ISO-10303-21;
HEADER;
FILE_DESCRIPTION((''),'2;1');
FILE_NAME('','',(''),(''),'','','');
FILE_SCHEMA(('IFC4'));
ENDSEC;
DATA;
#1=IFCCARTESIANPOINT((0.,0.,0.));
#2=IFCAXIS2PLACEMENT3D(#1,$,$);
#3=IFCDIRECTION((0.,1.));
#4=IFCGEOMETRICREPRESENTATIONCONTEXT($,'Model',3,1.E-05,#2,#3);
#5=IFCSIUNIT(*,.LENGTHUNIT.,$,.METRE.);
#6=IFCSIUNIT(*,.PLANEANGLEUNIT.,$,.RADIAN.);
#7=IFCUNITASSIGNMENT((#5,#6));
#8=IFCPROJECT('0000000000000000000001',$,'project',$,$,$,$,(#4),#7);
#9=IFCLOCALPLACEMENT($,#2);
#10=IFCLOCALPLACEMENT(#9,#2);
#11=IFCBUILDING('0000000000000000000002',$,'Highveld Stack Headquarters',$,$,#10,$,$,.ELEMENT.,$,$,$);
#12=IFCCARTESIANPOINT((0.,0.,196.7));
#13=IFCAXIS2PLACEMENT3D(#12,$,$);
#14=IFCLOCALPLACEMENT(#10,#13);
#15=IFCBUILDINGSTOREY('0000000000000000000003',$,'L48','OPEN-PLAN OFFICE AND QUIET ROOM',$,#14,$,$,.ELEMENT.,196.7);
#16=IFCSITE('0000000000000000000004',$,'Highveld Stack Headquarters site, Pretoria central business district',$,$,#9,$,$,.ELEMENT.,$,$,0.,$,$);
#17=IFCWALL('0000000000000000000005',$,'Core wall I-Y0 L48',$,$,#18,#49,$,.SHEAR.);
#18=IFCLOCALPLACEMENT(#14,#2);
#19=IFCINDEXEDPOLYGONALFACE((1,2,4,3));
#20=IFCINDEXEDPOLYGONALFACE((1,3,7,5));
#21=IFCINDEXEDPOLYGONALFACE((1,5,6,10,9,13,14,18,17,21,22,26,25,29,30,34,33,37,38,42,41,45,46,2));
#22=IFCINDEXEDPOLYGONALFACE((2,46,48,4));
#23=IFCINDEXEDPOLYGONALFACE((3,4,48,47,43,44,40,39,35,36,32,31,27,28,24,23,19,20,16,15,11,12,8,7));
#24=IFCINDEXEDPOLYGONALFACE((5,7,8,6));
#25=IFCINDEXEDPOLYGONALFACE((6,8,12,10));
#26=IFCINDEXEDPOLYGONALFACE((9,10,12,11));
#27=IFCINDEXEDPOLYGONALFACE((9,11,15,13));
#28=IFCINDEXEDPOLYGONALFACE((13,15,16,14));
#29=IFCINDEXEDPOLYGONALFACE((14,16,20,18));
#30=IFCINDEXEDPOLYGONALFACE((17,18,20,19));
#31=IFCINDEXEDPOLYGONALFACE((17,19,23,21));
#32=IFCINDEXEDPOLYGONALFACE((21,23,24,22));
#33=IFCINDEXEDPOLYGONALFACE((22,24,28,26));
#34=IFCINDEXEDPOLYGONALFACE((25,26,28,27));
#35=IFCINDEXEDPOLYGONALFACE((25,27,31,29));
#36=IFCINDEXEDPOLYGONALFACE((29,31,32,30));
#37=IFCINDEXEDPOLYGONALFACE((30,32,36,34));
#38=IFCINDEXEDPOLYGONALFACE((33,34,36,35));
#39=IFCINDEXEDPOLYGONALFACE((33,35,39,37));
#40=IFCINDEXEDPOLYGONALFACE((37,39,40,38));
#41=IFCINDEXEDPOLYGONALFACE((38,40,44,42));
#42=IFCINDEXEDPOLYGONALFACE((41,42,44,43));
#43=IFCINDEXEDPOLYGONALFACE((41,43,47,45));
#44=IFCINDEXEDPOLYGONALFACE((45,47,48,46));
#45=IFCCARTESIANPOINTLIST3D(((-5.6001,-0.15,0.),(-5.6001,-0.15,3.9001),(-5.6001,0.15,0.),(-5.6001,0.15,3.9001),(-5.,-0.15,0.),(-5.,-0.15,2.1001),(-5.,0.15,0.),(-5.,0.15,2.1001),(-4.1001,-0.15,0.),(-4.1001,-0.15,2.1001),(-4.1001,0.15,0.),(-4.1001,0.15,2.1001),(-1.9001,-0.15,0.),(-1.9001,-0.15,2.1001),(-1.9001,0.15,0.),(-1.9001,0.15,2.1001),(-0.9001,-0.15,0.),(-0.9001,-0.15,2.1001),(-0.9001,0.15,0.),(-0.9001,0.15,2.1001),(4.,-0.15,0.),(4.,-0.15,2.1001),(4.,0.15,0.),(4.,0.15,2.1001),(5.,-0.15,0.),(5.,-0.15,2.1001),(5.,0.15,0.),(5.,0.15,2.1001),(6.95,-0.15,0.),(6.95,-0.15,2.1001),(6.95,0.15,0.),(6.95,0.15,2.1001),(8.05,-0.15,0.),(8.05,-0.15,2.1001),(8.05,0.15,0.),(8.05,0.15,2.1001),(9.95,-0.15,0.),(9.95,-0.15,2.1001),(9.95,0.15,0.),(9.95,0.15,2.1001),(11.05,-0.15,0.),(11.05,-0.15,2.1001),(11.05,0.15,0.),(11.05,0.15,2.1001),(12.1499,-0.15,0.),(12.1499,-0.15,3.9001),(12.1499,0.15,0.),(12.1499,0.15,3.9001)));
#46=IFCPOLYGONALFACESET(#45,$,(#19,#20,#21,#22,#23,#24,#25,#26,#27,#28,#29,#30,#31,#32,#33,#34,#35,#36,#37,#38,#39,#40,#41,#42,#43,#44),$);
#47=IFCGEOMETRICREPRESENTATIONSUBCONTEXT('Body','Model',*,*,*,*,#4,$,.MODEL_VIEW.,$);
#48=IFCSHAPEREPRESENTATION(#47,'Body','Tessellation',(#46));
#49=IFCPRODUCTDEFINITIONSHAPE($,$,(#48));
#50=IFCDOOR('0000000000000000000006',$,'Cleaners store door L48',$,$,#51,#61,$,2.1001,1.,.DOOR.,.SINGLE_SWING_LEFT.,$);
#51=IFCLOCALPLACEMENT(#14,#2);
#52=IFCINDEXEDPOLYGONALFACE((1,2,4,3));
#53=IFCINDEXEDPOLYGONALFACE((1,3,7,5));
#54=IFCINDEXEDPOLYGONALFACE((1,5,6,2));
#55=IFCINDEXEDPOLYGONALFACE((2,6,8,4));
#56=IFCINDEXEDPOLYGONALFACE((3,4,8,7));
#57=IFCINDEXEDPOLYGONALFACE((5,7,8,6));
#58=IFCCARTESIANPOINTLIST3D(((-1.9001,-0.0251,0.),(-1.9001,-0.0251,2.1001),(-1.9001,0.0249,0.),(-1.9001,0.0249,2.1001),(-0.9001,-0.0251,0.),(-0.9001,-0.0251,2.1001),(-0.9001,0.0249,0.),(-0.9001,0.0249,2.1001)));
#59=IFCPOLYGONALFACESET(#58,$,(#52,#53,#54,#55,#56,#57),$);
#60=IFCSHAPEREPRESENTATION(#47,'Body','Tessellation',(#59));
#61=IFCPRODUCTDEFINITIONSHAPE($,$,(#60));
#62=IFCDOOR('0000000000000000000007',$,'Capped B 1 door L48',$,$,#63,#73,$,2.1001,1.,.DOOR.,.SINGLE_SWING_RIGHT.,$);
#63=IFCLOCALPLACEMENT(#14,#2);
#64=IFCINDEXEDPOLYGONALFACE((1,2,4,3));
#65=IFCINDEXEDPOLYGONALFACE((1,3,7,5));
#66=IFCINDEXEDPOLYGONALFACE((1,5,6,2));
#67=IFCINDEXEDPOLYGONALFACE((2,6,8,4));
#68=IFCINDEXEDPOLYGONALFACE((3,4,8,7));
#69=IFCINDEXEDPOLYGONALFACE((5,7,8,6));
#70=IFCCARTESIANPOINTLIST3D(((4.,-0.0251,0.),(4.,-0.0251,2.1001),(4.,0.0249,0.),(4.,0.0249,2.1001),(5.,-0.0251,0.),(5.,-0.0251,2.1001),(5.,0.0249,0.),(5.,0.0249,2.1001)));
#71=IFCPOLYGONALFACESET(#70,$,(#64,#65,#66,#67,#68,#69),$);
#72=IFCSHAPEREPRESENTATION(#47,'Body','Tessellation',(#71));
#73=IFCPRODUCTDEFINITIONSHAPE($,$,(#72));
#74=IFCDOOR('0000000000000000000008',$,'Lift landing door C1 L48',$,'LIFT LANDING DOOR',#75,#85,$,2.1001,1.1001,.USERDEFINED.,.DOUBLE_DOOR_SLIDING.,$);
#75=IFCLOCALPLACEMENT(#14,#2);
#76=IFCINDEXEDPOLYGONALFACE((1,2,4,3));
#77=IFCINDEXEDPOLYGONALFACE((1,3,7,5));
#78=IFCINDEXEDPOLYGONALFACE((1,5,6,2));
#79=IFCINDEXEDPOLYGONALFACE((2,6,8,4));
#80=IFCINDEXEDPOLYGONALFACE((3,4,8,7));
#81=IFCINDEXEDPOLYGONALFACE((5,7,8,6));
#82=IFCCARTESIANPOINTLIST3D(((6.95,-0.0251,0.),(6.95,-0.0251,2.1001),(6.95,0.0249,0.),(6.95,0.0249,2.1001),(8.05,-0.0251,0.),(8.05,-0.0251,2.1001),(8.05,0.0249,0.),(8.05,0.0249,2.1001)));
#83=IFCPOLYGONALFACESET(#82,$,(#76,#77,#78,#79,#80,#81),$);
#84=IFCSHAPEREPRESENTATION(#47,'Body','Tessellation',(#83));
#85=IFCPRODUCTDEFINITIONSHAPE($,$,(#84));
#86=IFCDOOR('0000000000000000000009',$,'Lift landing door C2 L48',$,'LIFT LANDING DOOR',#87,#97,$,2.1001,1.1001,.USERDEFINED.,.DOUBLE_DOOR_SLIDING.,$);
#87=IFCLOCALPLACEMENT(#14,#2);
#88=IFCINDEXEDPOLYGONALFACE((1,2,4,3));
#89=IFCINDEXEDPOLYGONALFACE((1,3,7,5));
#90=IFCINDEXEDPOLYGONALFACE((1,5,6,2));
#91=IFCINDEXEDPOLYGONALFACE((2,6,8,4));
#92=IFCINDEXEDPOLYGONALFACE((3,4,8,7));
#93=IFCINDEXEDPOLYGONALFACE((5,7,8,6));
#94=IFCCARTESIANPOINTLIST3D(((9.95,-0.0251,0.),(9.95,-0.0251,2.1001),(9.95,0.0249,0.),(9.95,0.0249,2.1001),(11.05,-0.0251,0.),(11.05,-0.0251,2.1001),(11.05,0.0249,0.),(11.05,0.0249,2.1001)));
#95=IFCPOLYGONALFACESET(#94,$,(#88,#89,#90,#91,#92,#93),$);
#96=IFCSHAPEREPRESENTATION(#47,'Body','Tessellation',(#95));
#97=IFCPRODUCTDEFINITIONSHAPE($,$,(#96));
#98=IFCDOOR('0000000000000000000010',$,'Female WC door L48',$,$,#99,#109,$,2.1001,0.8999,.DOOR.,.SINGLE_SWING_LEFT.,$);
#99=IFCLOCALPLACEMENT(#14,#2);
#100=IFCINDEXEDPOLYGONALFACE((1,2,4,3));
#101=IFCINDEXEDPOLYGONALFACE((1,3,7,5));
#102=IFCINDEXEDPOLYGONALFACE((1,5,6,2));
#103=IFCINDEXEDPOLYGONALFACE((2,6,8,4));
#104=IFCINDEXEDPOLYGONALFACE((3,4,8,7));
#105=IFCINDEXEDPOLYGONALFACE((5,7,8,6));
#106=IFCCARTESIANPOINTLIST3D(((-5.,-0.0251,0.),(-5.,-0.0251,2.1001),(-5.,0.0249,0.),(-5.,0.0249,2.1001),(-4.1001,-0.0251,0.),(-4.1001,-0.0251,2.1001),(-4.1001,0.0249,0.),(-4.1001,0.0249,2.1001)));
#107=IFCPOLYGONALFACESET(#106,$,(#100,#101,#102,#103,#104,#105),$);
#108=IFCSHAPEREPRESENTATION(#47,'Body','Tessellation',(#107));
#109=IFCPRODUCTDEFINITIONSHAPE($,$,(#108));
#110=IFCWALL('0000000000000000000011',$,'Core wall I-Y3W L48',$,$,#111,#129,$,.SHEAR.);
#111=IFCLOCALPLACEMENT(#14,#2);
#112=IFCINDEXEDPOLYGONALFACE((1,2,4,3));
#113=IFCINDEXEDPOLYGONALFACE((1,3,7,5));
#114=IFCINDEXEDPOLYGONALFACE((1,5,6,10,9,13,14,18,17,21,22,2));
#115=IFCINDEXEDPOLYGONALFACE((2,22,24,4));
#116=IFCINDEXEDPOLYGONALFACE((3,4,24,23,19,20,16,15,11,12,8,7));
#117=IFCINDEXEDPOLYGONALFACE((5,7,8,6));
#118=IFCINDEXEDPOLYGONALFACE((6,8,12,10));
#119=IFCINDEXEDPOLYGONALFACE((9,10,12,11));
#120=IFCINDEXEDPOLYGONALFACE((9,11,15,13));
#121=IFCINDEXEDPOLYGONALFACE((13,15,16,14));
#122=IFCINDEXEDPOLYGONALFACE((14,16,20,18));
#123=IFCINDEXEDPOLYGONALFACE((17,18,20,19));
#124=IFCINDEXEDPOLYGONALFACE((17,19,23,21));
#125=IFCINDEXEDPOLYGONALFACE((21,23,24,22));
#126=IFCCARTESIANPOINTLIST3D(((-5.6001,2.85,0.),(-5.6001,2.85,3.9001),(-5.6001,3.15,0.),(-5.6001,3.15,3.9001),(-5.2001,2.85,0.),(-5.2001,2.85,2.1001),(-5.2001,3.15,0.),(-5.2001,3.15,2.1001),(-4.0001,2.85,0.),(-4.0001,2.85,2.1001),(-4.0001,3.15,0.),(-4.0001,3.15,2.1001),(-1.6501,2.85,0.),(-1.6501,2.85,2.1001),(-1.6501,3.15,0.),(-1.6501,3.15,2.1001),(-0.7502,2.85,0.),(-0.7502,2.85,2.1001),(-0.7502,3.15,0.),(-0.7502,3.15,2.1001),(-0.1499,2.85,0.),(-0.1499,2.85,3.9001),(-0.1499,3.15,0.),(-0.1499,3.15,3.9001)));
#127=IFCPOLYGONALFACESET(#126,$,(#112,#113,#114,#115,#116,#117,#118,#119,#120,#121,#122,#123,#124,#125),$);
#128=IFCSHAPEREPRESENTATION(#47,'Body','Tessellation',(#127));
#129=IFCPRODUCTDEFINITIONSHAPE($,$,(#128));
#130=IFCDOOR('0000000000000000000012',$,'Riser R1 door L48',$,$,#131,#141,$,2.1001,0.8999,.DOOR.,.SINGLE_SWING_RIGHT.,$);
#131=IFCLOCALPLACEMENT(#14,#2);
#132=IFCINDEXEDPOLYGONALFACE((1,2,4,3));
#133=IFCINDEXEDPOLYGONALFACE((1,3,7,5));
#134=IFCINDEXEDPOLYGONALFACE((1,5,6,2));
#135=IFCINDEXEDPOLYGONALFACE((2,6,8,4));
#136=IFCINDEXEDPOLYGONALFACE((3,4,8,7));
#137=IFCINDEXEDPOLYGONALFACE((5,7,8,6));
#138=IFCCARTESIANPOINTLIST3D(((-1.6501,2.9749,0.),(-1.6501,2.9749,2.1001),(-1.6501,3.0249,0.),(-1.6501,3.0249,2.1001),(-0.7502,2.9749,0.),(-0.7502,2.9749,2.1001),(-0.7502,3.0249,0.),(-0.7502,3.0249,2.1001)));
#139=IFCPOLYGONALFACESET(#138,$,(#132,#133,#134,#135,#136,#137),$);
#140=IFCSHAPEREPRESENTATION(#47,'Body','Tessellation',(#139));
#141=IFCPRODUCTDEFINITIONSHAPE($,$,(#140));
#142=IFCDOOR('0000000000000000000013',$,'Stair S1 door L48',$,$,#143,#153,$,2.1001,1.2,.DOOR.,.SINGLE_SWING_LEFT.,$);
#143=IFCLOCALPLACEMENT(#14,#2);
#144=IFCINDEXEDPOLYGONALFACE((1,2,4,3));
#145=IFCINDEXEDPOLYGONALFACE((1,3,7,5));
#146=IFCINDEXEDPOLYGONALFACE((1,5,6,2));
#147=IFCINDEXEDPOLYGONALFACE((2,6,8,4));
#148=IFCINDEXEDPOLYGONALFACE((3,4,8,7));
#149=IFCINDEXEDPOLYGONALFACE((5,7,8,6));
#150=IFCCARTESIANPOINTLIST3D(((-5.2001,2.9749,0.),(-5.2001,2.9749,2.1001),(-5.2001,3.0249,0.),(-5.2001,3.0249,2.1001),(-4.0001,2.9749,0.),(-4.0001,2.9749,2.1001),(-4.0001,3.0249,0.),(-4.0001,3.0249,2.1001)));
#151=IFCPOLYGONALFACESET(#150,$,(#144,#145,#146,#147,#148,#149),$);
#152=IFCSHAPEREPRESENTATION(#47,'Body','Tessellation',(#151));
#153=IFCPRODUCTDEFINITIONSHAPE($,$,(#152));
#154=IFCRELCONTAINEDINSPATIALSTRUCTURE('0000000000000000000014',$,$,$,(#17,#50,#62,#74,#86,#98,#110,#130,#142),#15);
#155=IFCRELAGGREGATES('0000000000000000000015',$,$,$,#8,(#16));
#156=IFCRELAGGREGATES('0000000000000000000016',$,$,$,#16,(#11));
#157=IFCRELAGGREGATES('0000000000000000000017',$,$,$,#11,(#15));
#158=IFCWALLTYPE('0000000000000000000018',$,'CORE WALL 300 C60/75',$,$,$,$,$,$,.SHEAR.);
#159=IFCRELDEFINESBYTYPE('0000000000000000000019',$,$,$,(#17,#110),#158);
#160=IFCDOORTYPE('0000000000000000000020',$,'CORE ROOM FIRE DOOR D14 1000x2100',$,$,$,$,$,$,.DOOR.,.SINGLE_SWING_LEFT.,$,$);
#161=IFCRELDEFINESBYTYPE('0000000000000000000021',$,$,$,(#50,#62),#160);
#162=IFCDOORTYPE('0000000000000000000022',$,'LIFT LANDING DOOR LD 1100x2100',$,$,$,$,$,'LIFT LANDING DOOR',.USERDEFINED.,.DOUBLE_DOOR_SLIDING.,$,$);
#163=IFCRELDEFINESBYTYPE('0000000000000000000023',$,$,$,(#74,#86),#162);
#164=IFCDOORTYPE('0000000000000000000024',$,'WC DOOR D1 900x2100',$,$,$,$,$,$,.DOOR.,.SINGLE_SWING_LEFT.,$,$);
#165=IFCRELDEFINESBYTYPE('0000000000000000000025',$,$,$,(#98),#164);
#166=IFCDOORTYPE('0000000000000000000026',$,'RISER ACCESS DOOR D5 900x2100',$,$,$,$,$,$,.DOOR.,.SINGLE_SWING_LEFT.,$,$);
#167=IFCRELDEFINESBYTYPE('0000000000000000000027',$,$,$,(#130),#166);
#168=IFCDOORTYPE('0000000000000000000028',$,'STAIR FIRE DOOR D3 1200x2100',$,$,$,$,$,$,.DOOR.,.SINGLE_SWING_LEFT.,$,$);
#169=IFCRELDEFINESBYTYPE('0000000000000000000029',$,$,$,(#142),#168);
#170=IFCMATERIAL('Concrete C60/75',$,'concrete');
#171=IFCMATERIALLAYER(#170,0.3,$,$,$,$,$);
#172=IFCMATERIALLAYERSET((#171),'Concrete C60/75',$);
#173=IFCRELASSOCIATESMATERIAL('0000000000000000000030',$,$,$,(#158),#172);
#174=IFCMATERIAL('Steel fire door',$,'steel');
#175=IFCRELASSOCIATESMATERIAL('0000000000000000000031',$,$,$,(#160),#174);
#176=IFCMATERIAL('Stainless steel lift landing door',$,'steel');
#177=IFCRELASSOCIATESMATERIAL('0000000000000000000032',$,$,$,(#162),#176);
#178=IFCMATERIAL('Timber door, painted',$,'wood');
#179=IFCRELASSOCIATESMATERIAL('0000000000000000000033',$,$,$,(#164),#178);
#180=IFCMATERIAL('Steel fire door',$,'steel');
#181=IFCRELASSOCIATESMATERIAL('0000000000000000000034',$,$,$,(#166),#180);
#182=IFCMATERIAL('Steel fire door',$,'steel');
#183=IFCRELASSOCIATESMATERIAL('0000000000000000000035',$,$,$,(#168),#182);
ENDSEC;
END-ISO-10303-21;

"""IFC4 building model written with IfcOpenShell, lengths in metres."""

from ifc_helpers import new_model, si_unit, direction, frame, frame_2d, origin, place, context, subcontext, project, spatial, rectangle, extrude, material, layer, layer_set, type_object, element, fill, save


model = new_model("IFC4")

# Units and contexts
model_context = context("Model", 3, precision=1e-05, world=origin(), true_north=direction((0.0, 1.0)))
body_context = subcontext(model_context, "Body", "Model", "MODEL_VIEW")
ifc_project = project(units=[si_unit("LENGTHUNIT", "METRE"), si_unit("PLANEANGLEUNIT", "RADIAN")], contexts=[model_context])

# Site, building, storey
site_placement = place(None, origin())
site = spatial("IfcSite", under=ifc_project, at=site_placement, Name="Highveld Stack Headquarters site, Pretoria central business district", CompositionType="ELEMENT", RefElevation=0.0)
building_placement = place(site_placement, origin())
building = spatial("IfcBuilding", under=site, at=building_placement, Name="Highveld Stack Headquarters", CompositionType="ELEMENT")
storey_placement = place(building_placement, frame((0.0, 0.0, 196.7)))
storey = spatial("IfcBuildingStorey", under=building, at=storey_placement, Name="L48", Description="OPEN-PLAN OFFICE AND QUIET ROOM", CompositionType="ELEMENT", Elevation=196.7)

# Walls, openings, doors
ifc_material_1 = material(Name="Concrete C60/75", Category="concrete")
ifc_layer_1 = layer(ifc_material_1, 0.3)
ifc_layer_set_1 = layer_set([ifc_layer_1], Name="Concrete C60/75")
wall_type_1 = type_object("IfcWallType", Name="CORE WALL 300 C60/75", PredefinedType="SHEAR", material=ifc_layer_set_1)
wall_1_placement = place(storey_placement, frame((-5.6001, 0.0, 0.0), z_axis=(0.0, 0.0, 1.0), x_axis=(1.0, 0.0, 0.0)))
wall_1 = element("IfcWall", 1, at=wall_1_placement, inside=storey, type_object=wall_type_1, Name="Core wall I-Y0 L48", PredefinedType="SHEAR", context=body_context, shape_type="SweptSolid", body=[
    extrude(rectangle(XDim=17.75, YDim=0.3, at=frame_2d((8.875, 0.0))), origin(), (0.0, 0.0, 1.0), 3.9001),
])
opening_1_placement = place(wall_1_placement, frame((0.6001, 0.0, 0.0)))
opening_1 = element("IfcOpeningElement", 2, at=opening_1_placement, cuts=wall_1, PredefinedType="OPENING", context=body_context, shape_type="SweptSolid", body=[
    extrude(rectangle(XDim=0.8999, YDim=2.1001, at=frame_2d((0.45, 1.05))), frame((0.0, 0.1599, 0.0), z_axis=(0.0, -1.0, 0.0), x_axis=(1.0, 0.0, 0.0)), (0.0, 0.0, 1.0), 0.3201),
])
opening_2_placement = place(wall_1_placement, frame((3.7, 0.0, 0.0)))
opening_2 = element("IfcOpeningElement", 3, at=opening_2_placement, cuts=wall_1, PredefinedType="OPENING", context=body_context, shape_type="SweptSolid", body=[
    extrude(rectangle(XDim=1.0, YDim=2.1001, at=frame_2d((0.5, 1.05))), frame((0.0, 0.1599, 0.0), z_axis=(0.0, -1.0, 0.0), x_axis=(1.0, 0.0, 0.0)), (0.0, 0.0, 1.0), 0.3201),
])
opening_3_placement = place(wall_1_placement, frame((9.6001, 0.0, 0.0)))
opening_3 = element("IfcOpeningElement", 4, at=opening_3_placement, cuts=wall_1, PredefinedType="OPENING", context=body_context, shape_type="SweptSolid", body=[
    extrude(rectangle(XDim=1.0, YDim=2.1001, at=frame_2d((0.5, 1.05))), frame((0.0, 0.1599, 0.0), z_axis=(0.0, -1.0, 0.0), x_axis=(1.0, 0.0, 0.0)), (0.0, 0.0, 1.0), 0.3201),
])
opening_4_placement = place(wall_1_placement, frame((12.55, 0.0, 0.0)))
opening_4 = element("IfcOpeningElement", 5, at=opening_4_placement, cuts=wall_1, PredefinedType="OPENING", context=body_context, shape_type="SweptSolid", body=[
    extrude(rectangle(XDim=1.1001, YDim=2.1001, at=frame_2d((0.55, 1.05))), frame((0.0, 0.1599, 0.0), z_axis=(0.0, -1.0, 0.0), x_axis=(1.0, 0.0, 0.0)), (0.0, 0.0, 1.0), 0.3201),
])
opening_5_placement = place(wall_1_placement, frame((15.55, 0.0, 0.0)))
opening_5 = element("IfcOpeningElement", 6, at=opening_5_placement, cuts=wall_1, PredefinedType="OPENING", context=body_context, shape_type="SweptSolid", body=[
    extrude(rectangle(XDim=1.1001, YDim=2.1001, at=frame_2d((0.55, 1.05))), frame((0.0, 0.1599, 0.0), z_axis=(0.0, -1.0, 0.0), x_axis=(1.0, 0.0, 0.0)), (0.0, 0.0, 1.0), 0.3201),
])
ifc_material_2 = material(Name="Steel fire door", Category="steel")
door_type_1 = type_object("IfcDoorType", Name="CORE ROOM FIRE DOOR D14 1000x2100", OperationType="SINGLE_SWING_LEFT", PredefinedType="DOOR", material=ifc_material_2)
door_1_placement = place(opening_2_placement, origin())
door_1 = element("IfcDoor", 7, at=door_1_placement, inside=storey, type_object=door_type_1, Name="Cleaners store door L48", OperationType="SINGLE_SWING_LEFT", OverallHeight=2.1001, OverallWidth=1.0, PredefinedType="DOOR", context=body_context, shape_type="SweptSolid", body=[
    extrude(rectangle(XDim=1.0, YDim=2.1001, at=frame_2d((0.5, 1.05))), frame((0.0, 0.0249, 0.0), z_axis=(0.0, -1.0, 0.0), x_axis=(1.0, 0.0, 0.0)), (0.0, 0.0, 1.0), 0.05),
])
fill(opening_2, door_1)
door_2_placement = place(opening_3_placement, origin())
door_2 = element("IfcDoor", 8, at=door_2_placement, inside=storey, type_object=door_type_1, Name="Capped B 1 door L48", OperationType="SINGLE_SWING_RIGHT", OverallHeight=2.1001, OverallWidth=1.0, PredefinedType="DOOR", context=body_context, shape_type="SweptSolid", body=[
    extrude(rectangle(XDim=1.0, YDim=2.1001, at=frame_2d((0.5, 1.05))), frame((0.0, 0.0249, 0.0), z_axis=(0.0, -1.0, 0.0), x_axis=(1.0, 0.0, 0.0)), (0.0, 0.0, 1.0), 0.05),
])
fill(opening_3, door_2)
ifc_material_3 = material(Name="Stainless steel lift landing door", Category="steel")
door_type_2 = type_object("IfcDoorType", Name="LIFT LANDING DOOR LD 1100x2100", ElementType="LIFT LANDING DOOR", OperationType="DOUBLE_DOOR_SLIDING", PredefinedType="USERDEFINED", material=ifc_material_3)
door_3_placement = place(opening_4_placement, origin())
door_3 = element("IfcDoor", 9, at=door_3_placement, inside=storey, type_object=door_type_2, Name="Lift landing door C1 L48", ObjectType="LIFT LANDING DOOR", OperationType="DOUBLE_DOOR_SLIDING", OverallHeight=2.1001, OverallWidth=1.1001, PredefinedType="USERDEFINED", context=body_context, shape_type="SweptSolid", body=[
    extrude(rectangle(XDim=1.1001, YDim=2.1001, at=frame_2d((0.55, 1.05))), frame((0.0, 0.0249, 0.0), z_axis=(0.0, -1.0, 0.0), x_axis=(1.0, 0.0, 0.0)), (0.0, 0.0, 1.0), 0.05),
])
fill(opening_4, door_3)
door_4_placement = place(opening_5_placement, origin())
door_4 = element("IfcDoor", 10, at=door_4_placement, inside=storey, type_object=door_type_2, Name="Lift landing door C2 L48", ObjectType="LIFT LANDING DOOR", OperationType="DOUBLE_DOOR_SLIDING", OverallHeight=2.1001, OverallWidth=1.1001, PredefinedType="USERDEFINED", context=body_context, shape_type="SweptSolid", body=[
    extrude(rectangle(XDim=1.1001, YDim=2.1001, at=frame_2d((0.55, 1.05))), frame((0.0, 0.0249, 0.0), z_axis=(0.0, -1.0, 0.0), x_axis=(1.0, 0.0, 0.0)), (0.0, 0.0, 1.0), 0.05),
])
fill(opening_5, door_4)
ifc_material_4 = material(Name="Timber door, painted", Category="wood")
door_type_3 = type_object("IfcDoorType", Name="WC DOOR D1 900x2100", OperationType="SINGLE_SWING_LEFT", PredefinedType="DOOR", material=ifc_material_4)
door_5_placement = place(opening_1_placement, origin())
door_5 = element("IfcDoor", 11, at=door_5_placement, inside=storey, type_object=door_type_3, Name="Female WC door L48", OperationType="SINGLE_SWING_LEFT", OverallHeight=2.1001, OverallWidth=0.8999, PredefinedType="DOOR", context=body_context, shape_type="SweptSolid", body=[
    extrude(rectangle(XDim=0.8999, YDim=2.1001, at=frame_2d((0.45, 1.05))), frame((0.0, 0.0249, 0.0), z_axis=(0.0, -1.0, 0.0), x_axis=(1.0, 0.0, 0.0)), (0.0, 0.0, 1.0), 0.05),
])
fill(opening_1, door_5)
wall_2_placement = place(storey_placement, frame((-5.6001, 3.0, 0.0), z_axis=(0.0, 0.0, 1.0), x_axis=(1.0, 0.0, 0.0)))
wall_2 = element("IfcWall", 12, at=wall_2_placement, inside=storey, type_object=wall_type_1, Name="Core wall I-Y3W L48", PredefinedType="SHEAR", context=body_context, shape_type="SweptSolid", body=[
    extrude(rectangle(XDim=5.4502, YDim=0.3, at=frame_2d((2.7251, 0.0))), origin(), (0.0, 0.0, 1.0), 3.9001),
])
opening_6_placement = place(wall_2_placement, frame((0.3999, 0.0, 0.0)))
opening_6 = element("IfcOpeningElement", 13, at=opening_6_placement, cuts=wall_2, PredefinedType="OPENING", context=body_context, shape_type="SweptSolid", body=[
    extrude(rectangle(XDim=1.2, YDim=2.1001, at=frame_2d((0.6001, 1.05))), frame((0.0, 0.1599, 0.0), z_axis=(0.0, -1.0, 0.0), x_axis=(1.0, 0.0, 0.0)), (0.0, 0.0, 1.0), 0.3201),
])
opening_7_placement = place(wall_2_placement, frame((3.95, 0.0, 0.0)))
opening_7 = element("IfcOpeningElement", 14, at=opening_7_placement, cuts=wall_2, PredefinedType="OPENING", context=body_context, shape_type="SweptSolid", body=[
    extrude(rectangle(XDim=0.8999, YDim=2.1001, at=frame_2d((0.45, 1.05))), frame((0.0, 0.1599, 0.0), z_axis=(0.0, -1.0, 0.0), x_axis=(1.0, 0.0, 0.0)), (0.0, 0.0, 1.0), 0.3201),
])
ifc_material_5 = material(Name="Steel fire door", Category="steel")
door_type_4 = type_object("IfcDoorType", Name="RISER ACCESS DOOR D5 900x2100", OperationType="SINGLE_SWING_LEFT", PredefinedType="DOOR", material=ifc_material_5)
door_6_placement = place(opening_7_placement, origin())
door_6 = element("IfcDoor", 15, at=door_6_placement, inside=storey, type_object=door_type_4, Name="Riser R1 door L48", OperationType="SINGLE_SWING_RIGHT", OverallHeight=2.1001, OverallWidth=0.8999, PredefinedType="DOOR", context=body_context, shape_type="SweptSolid", body=[
    extrude(rectangle(XDim=0.8999, YDim=2.1001, at=frame_2d((0.45, 1.05))), frame((0.0, 0.0249, 0.0), z_axis=(0.0, -1.0, 0.0), x_axis=(1.0, 0.0, 0.0)), (0.0, 0.0, 1.0), 0.05),
])
fill(opening_7, door_6)
ifc_material_6 = material(Name="Steel fire door", Category="steel")
door_type_5 = type_object("IfcDoorType", Name="STAIR FIRE DOOR D3 1200x2100", OperationType="SINGLE_SWING_LEFT", PredefinedType="DOOR", material=ifc_material_6)
door_7_placement = place(opening_6_placement, origin())
door_7 = element("IfcDoor", 16, at=door_7_placement, inside=storey, type_object=door_type_5, Name="Stair S1 door L48", OperationType="SINGLE_SWING_LEFT", OverallHeight=2.1001, OverallWidth=1.2, PredefinedType="DOOR", context=body_context, shape_type="SweptSolid", body=[
    extrude(rectangle(XDim=1.2, YDim=2.1001, at=frame_2d((0.6001, 1.05))), frame((0.0, 0.0249, 0.0), z_axis=(0.0, -1.0, 0.0), x_axis=(1.0, 0.0, 0.0)), (0.0, 0.0, 1.0), 0.05),
])
fill(opening_6, door_7)

save(model, "model.ifc")
